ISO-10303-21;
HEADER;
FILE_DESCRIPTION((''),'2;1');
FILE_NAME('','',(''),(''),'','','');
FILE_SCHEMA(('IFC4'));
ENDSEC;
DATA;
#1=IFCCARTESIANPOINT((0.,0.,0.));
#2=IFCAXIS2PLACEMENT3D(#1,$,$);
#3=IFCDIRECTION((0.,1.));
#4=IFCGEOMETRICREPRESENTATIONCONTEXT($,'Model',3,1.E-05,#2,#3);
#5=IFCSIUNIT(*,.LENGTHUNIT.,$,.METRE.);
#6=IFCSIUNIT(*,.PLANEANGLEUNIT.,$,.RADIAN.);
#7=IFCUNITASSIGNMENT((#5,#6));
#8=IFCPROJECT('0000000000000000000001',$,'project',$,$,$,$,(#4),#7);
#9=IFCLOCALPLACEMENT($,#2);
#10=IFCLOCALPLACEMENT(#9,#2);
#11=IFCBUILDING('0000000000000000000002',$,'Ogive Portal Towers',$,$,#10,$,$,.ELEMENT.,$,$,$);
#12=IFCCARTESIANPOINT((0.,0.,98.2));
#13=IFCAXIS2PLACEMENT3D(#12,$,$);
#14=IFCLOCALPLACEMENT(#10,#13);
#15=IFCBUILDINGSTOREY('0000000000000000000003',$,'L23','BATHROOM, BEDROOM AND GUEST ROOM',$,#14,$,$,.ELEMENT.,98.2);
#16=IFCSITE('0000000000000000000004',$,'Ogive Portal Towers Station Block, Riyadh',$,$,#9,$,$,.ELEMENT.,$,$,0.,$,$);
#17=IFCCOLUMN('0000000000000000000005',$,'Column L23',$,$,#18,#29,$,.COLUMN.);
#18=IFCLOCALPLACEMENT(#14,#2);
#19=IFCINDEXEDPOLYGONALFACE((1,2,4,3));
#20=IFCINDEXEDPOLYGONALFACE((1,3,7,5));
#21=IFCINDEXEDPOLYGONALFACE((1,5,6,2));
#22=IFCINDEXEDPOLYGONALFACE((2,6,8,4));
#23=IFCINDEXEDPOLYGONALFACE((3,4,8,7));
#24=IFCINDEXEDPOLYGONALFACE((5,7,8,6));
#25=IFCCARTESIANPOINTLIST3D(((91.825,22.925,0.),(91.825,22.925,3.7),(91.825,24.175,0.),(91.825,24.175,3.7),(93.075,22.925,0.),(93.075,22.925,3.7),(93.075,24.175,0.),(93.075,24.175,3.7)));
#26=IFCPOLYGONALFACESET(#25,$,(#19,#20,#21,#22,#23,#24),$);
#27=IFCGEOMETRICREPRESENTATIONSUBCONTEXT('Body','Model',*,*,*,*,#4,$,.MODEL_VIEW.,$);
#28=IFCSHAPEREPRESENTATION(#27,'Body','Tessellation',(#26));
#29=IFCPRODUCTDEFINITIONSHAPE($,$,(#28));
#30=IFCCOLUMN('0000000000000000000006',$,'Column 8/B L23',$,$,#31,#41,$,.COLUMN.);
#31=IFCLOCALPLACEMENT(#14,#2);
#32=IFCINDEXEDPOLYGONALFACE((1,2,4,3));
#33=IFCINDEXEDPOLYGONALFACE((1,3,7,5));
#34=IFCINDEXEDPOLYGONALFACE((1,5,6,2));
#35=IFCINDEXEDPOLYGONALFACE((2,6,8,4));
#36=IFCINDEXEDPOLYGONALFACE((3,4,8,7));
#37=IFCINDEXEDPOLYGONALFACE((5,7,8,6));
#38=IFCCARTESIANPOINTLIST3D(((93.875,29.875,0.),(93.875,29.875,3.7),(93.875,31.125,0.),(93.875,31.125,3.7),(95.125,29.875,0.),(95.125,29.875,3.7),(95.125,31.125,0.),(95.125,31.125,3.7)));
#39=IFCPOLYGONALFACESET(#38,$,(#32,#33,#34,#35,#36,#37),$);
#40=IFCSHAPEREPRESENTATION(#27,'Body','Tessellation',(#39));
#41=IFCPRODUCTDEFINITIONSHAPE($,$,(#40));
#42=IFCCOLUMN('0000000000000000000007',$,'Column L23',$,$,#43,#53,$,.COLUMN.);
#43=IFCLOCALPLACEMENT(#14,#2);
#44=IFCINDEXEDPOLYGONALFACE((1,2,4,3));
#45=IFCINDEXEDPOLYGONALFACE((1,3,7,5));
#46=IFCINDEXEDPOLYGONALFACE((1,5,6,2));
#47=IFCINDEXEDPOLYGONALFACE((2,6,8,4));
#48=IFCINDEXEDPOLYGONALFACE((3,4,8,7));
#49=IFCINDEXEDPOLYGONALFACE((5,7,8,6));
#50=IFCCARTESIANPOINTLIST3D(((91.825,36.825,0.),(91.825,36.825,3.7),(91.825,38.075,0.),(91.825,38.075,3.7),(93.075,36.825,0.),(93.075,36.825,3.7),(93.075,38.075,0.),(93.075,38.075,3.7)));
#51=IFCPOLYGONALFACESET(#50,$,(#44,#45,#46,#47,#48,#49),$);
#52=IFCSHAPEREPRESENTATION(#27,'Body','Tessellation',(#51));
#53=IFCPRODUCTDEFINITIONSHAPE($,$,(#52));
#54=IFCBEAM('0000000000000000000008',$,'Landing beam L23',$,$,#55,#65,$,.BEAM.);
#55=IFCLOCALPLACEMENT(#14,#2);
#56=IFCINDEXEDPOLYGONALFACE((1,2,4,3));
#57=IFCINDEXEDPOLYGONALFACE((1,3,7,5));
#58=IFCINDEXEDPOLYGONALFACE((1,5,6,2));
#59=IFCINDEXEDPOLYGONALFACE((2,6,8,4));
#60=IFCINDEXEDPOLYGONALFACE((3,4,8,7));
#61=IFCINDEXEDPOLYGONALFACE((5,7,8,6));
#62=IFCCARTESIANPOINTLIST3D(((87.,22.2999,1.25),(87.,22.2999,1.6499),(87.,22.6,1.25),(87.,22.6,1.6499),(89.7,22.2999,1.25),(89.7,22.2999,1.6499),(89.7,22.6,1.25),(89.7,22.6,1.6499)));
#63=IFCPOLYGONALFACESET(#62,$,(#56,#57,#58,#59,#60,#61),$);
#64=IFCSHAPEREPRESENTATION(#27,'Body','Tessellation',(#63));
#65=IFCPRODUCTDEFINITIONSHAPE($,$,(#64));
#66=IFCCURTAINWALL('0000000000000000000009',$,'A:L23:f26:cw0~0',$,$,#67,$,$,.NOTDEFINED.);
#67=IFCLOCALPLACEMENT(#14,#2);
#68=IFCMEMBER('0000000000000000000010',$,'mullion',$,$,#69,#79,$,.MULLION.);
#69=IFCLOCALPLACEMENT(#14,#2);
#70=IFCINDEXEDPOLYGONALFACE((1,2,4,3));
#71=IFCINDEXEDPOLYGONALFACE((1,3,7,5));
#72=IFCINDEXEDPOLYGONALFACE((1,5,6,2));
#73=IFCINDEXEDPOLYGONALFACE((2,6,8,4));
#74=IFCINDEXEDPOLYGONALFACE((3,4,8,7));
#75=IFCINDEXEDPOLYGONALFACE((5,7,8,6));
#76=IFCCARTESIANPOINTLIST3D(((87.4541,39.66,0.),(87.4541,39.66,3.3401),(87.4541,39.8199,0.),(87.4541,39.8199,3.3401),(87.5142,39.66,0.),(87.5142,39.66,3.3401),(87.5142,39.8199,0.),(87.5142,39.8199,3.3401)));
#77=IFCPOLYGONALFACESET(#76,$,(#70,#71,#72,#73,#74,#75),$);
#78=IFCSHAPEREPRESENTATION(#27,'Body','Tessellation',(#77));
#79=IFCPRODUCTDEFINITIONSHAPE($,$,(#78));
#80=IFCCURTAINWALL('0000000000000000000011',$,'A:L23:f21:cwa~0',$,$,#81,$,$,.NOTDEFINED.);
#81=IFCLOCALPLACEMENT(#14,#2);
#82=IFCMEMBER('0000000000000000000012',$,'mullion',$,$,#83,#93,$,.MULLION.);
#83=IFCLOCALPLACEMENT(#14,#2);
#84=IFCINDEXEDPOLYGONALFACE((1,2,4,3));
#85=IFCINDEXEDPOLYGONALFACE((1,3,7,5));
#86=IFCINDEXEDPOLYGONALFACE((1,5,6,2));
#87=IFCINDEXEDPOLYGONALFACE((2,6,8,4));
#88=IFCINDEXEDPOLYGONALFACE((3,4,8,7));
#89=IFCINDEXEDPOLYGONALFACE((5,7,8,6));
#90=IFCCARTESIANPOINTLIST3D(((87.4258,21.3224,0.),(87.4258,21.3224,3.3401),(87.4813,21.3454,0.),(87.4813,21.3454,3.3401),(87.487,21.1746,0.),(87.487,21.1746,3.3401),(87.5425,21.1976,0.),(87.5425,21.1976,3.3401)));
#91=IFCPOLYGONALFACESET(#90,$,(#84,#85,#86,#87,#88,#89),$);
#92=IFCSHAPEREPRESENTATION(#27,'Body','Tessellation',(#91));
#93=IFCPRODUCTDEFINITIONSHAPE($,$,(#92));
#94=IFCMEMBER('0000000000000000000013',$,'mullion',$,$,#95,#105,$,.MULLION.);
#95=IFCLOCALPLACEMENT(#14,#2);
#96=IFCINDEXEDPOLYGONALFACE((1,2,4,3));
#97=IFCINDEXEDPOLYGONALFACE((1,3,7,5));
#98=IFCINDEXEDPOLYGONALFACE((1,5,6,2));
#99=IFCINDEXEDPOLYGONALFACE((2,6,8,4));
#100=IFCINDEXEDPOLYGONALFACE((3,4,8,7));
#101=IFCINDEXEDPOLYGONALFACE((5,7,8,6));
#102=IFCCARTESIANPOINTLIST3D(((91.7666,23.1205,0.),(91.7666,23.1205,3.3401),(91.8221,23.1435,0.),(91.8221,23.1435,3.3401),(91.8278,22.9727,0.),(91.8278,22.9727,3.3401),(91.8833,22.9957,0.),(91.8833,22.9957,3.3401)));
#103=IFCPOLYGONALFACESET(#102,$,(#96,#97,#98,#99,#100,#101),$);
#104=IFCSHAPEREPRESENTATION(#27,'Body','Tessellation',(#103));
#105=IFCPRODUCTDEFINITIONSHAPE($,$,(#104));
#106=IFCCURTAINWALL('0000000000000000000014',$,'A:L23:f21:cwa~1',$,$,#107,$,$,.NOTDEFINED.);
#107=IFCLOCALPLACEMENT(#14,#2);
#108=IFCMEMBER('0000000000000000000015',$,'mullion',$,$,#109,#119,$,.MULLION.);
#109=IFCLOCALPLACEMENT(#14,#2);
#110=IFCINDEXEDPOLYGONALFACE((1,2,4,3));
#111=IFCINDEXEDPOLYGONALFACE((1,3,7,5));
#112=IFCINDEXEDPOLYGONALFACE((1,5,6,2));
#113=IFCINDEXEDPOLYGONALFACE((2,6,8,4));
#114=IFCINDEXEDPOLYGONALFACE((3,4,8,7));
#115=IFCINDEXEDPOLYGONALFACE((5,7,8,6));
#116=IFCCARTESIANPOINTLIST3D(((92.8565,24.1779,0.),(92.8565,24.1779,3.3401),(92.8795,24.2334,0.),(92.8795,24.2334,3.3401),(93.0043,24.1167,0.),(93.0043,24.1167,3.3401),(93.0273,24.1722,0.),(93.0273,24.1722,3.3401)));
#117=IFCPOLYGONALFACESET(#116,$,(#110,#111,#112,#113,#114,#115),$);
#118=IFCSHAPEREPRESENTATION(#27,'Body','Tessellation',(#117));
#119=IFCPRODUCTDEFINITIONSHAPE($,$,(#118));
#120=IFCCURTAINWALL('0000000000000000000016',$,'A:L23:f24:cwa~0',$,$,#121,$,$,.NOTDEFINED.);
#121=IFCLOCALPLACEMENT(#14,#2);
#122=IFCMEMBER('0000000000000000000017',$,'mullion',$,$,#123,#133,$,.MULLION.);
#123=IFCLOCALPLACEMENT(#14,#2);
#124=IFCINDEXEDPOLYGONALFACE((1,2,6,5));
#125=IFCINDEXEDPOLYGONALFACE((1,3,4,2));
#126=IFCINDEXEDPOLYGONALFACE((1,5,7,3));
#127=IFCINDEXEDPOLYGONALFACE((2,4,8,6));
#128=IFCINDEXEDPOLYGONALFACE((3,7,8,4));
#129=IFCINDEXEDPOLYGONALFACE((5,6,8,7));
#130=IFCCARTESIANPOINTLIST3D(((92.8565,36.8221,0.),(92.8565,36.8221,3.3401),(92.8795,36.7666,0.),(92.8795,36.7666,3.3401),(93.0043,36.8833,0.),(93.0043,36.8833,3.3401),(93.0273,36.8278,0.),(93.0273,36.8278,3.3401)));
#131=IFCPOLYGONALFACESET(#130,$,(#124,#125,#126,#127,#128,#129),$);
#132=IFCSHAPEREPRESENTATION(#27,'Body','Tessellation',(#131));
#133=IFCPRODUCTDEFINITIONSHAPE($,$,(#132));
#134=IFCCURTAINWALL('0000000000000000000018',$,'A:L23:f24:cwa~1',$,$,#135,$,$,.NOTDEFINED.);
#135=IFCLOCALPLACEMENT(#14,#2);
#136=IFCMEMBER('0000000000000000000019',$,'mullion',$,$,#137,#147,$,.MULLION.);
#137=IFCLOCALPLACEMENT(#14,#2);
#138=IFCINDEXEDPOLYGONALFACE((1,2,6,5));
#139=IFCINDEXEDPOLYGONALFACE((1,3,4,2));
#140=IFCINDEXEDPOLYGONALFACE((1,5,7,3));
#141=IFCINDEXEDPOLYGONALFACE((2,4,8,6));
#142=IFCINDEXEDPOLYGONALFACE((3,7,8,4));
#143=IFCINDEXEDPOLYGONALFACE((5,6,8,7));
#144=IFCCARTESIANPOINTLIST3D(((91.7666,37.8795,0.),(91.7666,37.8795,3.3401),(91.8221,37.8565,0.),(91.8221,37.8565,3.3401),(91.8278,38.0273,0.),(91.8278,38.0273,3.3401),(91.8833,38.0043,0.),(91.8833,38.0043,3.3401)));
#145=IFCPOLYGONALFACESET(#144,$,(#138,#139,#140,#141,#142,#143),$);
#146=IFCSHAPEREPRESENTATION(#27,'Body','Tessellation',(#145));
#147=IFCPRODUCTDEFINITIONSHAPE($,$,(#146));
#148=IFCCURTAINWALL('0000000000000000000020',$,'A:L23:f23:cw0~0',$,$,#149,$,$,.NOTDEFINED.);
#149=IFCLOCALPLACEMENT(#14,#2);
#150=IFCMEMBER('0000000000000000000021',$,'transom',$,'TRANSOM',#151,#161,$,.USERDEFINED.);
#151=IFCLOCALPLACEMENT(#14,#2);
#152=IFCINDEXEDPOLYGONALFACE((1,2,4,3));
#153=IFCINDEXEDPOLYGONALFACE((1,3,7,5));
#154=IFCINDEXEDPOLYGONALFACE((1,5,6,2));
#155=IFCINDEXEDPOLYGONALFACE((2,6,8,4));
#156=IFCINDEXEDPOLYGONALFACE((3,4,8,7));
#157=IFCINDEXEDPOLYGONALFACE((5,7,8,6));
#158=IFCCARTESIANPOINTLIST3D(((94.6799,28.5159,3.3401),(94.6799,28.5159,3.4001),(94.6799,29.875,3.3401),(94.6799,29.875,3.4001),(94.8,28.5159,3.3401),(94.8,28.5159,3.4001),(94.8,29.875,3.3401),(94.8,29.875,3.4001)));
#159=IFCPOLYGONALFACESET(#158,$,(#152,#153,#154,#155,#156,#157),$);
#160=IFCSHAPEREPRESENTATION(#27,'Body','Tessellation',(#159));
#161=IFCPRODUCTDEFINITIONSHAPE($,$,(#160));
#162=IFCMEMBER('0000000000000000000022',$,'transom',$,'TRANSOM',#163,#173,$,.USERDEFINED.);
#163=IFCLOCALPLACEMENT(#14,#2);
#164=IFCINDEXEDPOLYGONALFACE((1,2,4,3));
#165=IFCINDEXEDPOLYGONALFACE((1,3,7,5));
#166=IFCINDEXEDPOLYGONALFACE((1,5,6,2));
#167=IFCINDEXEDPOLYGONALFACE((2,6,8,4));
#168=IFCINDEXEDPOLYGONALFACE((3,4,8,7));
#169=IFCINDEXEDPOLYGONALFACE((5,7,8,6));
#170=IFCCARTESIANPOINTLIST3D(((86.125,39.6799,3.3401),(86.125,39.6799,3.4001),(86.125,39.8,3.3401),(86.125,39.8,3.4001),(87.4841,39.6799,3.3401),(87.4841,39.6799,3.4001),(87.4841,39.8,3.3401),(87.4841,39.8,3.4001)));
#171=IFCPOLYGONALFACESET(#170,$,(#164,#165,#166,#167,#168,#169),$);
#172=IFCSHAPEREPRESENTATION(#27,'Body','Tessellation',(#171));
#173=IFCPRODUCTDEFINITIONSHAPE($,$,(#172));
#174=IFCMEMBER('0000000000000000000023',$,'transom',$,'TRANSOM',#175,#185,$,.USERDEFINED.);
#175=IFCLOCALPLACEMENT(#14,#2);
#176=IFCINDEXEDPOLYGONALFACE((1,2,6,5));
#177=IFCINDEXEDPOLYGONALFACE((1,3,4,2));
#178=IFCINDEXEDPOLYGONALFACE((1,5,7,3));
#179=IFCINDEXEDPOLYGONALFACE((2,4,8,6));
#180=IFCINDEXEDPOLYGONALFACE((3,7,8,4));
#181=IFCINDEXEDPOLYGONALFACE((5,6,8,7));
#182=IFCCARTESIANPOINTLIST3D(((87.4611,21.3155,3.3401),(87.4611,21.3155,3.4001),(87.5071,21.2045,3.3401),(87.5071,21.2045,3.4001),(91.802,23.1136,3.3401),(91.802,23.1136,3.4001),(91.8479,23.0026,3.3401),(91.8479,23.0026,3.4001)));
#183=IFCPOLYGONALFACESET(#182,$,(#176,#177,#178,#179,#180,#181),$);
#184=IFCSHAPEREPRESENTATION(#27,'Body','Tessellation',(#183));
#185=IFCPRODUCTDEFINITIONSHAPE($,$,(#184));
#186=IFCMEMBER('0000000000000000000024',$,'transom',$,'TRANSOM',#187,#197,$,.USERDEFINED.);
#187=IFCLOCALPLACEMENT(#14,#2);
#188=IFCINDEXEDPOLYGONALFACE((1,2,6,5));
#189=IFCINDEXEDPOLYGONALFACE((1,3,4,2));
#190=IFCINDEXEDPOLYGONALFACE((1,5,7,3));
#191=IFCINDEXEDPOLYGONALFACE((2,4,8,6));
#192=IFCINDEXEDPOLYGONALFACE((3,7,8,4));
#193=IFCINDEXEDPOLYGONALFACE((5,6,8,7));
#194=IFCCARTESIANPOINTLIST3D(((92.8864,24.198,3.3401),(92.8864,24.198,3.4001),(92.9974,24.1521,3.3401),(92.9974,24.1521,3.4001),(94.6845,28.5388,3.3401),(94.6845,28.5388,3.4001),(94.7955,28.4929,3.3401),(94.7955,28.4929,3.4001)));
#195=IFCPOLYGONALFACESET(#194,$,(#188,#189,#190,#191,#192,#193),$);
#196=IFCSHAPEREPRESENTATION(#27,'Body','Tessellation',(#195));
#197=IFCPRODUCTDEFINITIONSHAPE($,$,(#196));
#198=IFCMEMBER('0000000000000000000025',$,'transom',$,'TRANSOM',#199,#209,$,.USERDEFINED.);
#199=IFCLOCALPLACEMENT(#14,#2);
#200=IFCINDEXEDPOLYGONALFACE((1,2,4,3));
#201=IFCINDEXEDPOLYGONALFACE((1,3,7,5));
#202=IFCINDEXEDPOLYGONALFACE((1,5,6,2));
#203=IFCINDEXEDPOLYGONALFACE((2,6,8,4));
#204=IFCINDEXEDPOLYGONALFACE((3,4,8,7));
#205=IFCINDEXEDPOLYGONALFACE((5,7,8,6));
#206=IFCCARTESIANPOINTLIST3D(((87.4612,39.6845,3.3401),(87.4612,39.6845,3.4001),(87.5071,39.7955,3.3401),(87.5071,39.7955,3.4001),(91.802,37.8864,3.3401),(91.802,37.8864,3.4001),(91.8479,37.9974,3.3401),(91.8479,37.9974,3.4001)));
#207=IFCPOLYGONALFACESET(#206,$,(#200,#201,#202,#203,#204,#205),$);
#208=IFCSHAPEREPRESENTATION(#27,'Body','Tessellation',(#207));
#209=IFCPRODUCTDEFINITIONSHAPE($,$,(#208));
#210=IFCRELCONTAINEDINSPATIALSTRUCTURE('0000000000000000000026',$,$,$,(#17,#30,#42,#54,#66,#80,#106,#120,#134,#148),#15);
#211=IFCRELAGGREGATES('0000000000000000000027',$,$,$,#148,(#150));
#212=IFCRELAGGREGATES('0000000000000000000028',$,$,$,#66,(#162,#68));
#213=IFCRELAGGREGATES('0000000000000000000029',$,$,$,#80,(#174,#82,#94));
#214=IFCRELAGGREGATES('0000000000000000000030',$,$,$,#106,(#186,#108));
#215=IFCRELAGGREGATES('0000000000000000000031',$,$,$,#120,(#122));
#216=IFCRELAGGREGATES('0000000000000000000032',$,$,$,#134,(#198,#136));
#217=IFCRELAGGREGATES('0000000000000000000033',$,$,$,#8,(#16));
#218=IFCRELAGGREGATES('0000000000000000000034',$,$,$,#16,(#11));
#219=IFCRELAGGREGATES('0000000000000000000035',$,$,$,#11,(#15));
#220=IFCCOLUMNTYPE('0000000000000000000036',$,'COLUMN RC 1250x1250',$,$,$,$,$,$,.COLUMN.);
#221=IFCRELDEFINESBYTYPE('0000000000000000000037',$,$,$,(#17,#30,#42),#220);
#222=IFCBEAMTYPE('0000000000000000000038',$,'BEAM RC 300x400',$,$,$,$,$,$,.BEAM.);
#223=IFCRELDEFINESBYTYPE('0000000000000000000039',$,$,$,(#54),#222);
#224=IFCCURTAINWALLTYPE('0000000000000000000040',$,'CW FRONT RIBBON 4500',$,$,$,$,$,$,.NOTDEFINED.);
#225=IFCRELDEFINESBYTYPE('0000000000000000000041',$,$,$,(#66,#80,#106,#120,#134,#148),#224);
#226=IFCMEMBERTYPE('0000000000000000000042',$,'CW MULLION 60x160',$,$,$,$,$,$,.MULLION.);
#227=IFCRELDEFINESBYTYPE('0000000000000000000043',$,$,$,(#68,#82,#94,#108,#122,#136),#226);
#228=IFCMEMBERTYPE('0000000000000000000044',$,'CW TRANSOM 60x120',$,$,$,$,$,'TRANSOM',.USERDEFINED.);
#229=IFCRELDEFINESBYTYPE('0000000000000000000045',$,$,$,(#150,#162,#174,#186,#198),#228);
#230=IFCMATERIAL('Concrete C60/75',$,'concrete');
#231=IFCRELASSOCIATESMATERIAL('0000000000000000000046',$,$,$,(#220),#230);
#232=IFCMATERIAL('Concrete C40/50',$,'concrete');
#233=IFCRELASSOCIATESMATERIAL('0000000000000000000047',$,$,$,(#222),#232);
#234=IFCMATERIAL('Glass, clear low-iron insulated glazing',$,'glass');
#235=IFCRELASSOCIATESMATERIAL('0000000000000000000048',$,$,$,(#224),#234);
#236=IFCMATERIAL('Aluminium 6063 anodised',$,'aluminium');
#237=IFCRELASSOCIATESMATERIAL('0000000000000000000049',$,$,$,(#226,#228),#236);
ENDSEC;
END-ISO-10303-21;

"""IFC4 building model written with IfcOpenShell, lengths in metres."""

from ifc_helpers import new_model, si_unit, direction, frame, origin, origin_2d, place, context, subcontext, project, spatial, rectangle, extrude, material, material_profile, profile_set, type_object, element, aggregate, save


model = new_model("IFC4")

# Units and contexts
model_context = context("Model", 3, precision=1e-05, world=origin(), true_north=direction((0.0, 1.0)))
body_context = subcontext(model_context, "Body", "Model", "MODEL_VIEW")
ifc_project = project(units=[si_unit("LENGTHUNIT", "METRE"), si_unit("PLANEANGLEUNIT", "RADIAN")], contexts=[model_context])

# Site, building, storey
site_placement = place(None, origin())
site = spatial("IfcSite", under=ifc_project, at=site_placement, Name="Ogive Portal Towers Station Block, Riyadh", CompositionType="ELEMENT", RefElevation=0.0)
building_placement = place(site_placement, origin())
building = spatial("IfcBuilding", under=site, at=building_placement, Name="Ogive Portal Towers", CompositionType="ELEMENT")
storey_placement = place(building_placement, frame((0.0, 0.0, 98.2)))
storey = spatial("IfcBuildingStorey", under=building, at=storey_placement, Name="L23", Description="BATHROOM, BEDROOM AND GUEST ROOM", CompositionType="ELEMENT", Elevation=98.2)

# Columns
ifc_material_1 = material(Name="Concrete C60/75", Category="concrete")
ifc_material_profile_1 = material_profile(ifc_material_1, rectangle(XDim=1.25, YDim=1.25, at=origin_2d()), Name="RC 1250x1250")
ifc_profile_set_1 = profile_set([ifc_material_profile_1], Name="Concrete C60/75")
column_type = type_object("IfcColumnType", Name="COLUMN RC 1250x1250", PredefinedType="COLUMN", material=ifc_profile_set_1)
for number, where, z_axis, x_axis, name in (
    (1, (92.45, 23.55, 0.0), (0.0, 0.0, 1.0), (1.0, 0.0, 0.0), "Column L23"),
    (2, (94.5, 30.5, 0.0), (0.0, 0.0, 1.0), (1.0, 0.0, 0.0), "Column 8/B L23"),
    (3, (92.45, 37.45, 0.0), (0.0, 0.0, 1.0), (1.0, 0.0, 0.0), "Column L23"),
):
    element("IfcColumn", number, at=place(storey_placement, frame(where, z_axis=z_axis, x_axis=x_axis)), inside=storey, type_object=column_type, Name=name, PredefinedType="COLUMN", context=body_context, shape_type="SweptSolid", body=[
        extrude(rectangle(XDim=1.25, YDim=1.25, at=origin_2d()), origin(), (0.0, 0.0, 1.0), 3.7),
    ])

# Beam
ifc_material_2 = material(Name="Concrete C40/50", Category="concrete")
ifc_material_profile_2 = material_profile(ifc_material_2, rectangle(XDim=0.3, YDim=0.3999, at=origin_2d()), Name="RC 300x400")
ifc_profile_set_2 = profile_set([ifc_material_profile_2], Name="Concrete C40/50")
beam_type = type_object("IfcBeamType", Name="BEAM RC 300x400", PredefinedType="BEAM", material=ifc_profile_set_2)
beam_placement = place(storey_placement, frame((87.0, 22.45, 1.45), z_axis=(1.0, 0.0, 0.0), x_axis=(0.0, 1.0, 0.0)))
element("IfcBeam", 4, at=beam_placement, inside=storey, type_object=beam_type, Name="Landing beam L23", PredefinedType="BEAM", context=body_context, shape_type="SweptSolid", body=[
    extrude(rectangle(XDim=0.3, YDim=0.3999, at=origin_2d()), origin(), (0.0, 0.0, 1.0), 2.7),
])

# Curtain wall, member
ifc_material_3 = material(Name="Glass, clear low-iron insulated glazing", Category="glass")
curtain_wall_type = type_object("IfcCurtainWallType", Name="CW FRONT RIBBON 4500", PredefinedType="NOTDEFINED", material=ifc_material_3)
curtain_wall_1_placement = place(storey_placement, origin())
curtain_wall_1 = element("IfcCurtainWall", 5, at=curtain_wall_1_placement, inside=storey, type_object=curtain_wall_type, Name="A:L23:f26:cw0~0", PredefinedType="NOTDEFINED")
ifc_material_4 = material(Name="Aluminium 6063 anodised", Category="aluminium")
ifc_material_profile_3 = material_profile(ifc_material_4, rectangle(XDim=0.1599, YDim=0.0601, at=origin_2d()), Name="AL 60x160")
ifc_profile_set_3 = profile_set([ifc_material_profile_3], Name="Aluminium 6063 anodised")
member_type_1 = type_object("IfcMemberType", Name="CW MULLION 60x160", PredefinedType="MULLION", material=ifc_profile_set_3)
member_1_placement = place(storey_placement, frame((87.4841, 39.74, 0.0), z_axis=(0.0, 0.0, 1.0), x_axis=(0.0, -1.0, 0.0)))
member_1 = element("IfcMember", 6, at=member_1_placement, type_object=member_type_1, Name="mullion", PredefinedType="MULLION", context=body_context, shape_type="SweptSolid", body=[
    extrude(rectangle(XDim=0.1599, YDim=0.0601, at=origin_2d()), origin(), (0.0, 0.0, 1.0), 3.3401),
])

# Curtain wall, members
curtain_wall_2_placement = place(storey_placement, origin())
curtain_wall_2 = element("IfcCurtainWall", 7, at=curtain_wall_2_placement, inside=storey, type_object=curtain_wall_type, Name="A:L23:f21:cwa~0", PredefinedType="NOTDEFINED")
member_2_placement = place(storey_placement, frame((87.4841, 21.26, 0.0), z_axis=(0.0, 0.0, 1.0), x_axis=(-0.382683, 0.92388, 0.0)))
member_2 = element("IfcMember", 8, at=member_2_placement, type_object=member_type_1, Name="mullion", PredefinedType="MULLION", context=body_context, shape_type="SweptSolid", body=[
    extrude(rectangle(XDim=0.1599, YDim=0.0601, at=origin_2d()), origin(), (0.0, 0.0, 1.0), 3.3401),
])
member_3_placement = place(storey_placement, frame((91.825, 23.0581, 0.0), z_axis=(0.0, 0.0, 1.0), x_axis=(-0.382683, 0.92388, 0.0)))
member_3 = element("IfcMember", 9, at=member_3_placement, type_object=member_type_1, Name="mullion", PredefinedType="MULLION", context=body_context, shape_type="SweptSolid", body=[
    extrude(rectangle(XDim=0.1599, YDim=0.0601, at=origin_2d()), origin(), (0.0, 0.0, 1.0), 3.3401),
])

# Curtain walls, members
curtain_wall_3_placement = place(storey_placement, origin())
curtain_wall_3 = element("IfcCurtainWall", 10, at=curtain_wall_3_placement, inside=storey, type_object=curtain_wall_type, Name="A:L23:f21:cwa~1", PredefinedType="NOTDEFINED")
member_4_placement = place(storey_placement, frame((92.9419, 24.175, 0.0), z_axis=(0.0, 0.0, 1.0), x_axis=(-0.92388, 0.382683, 0.0)))
member_4 = element("IfcMember", 11, at=member_4_placement, type_object=member_type_1, Name="mullion", PredefinedType="MULLION", context=body_context, shape_type="SweptSolid", body=[
    extrude(rectangle(XDim=0.1599, YDim=0.0601, at=origin_2d()), origin(), (0.0, 0.0, 1.0), 3.3401),
])
curtain_wall_4_placement = place(storey_placement, origin())
curtain_wall_4 = element("IfcCurtainWall", 12, at=curtain_wall_4_placement, inside=storey, type_object=curtain_wall_type, Name="A:L23:f24:cwa~0", PredefinedType="NOTDEFINED")
member_5_placement = place(storey_placement, frame((92.9419, 36.825, 0.0), z_axis=(0.0, 0.0, 1.0), x_axis=(-0.92388, -0.382683, 0.0)))
member_5 = element("IfcMember", 13, at=member_5_placement, type_object=member_type_1, Name="mullion", PredefinedType="MULLION", context=body_context, shape_type="SweptSolid", body=[
    extrude(rectangle(XDim=0.1599, YDim=0.0601, at=origin_2d()), origin(), (0.0, 0.0, 1.0), 3.3401),
])
curtain_wall_5_placement = place(storey_placement, origin())
curtain_wall_5 = element("IfcCurtainWall", 14, at=curtain_wall_5_placement, inside=storey, type_object=curtain_wall_type, Name="A:L23:f24:cwa~1", PredefinedType="NOTDEFINED")
member_6_placement = place(storey_placement, frame((91.825, 37.9419, 0.0), z_axis=(0.0, 0.0, 1.0), x_axis=(-0.382683, -0.92388, 0.0)))
member_6 = element("IfcMember", 15, at=member_6_placement, type_object=member_type_1, Name="mullion", PredefinedType="MULLION", context=body_context, shape_type="SweptSolid", body=[
    extrude(rectangle(XDim=0.1599, YDim=0.0601, at=origin_2d()), origin(), (0.0, 0.0, 1.0), 3.3401),
])
curtain_wall_6_placement = place(storey_placement, origin())
curtain_wall_6 = element("IfcCurtainWall", 16, at=curtain_wall_6_placement, inside=storey, type_object=curtain_wall_type, Name="A:L23:f23:cw0~0", PredefinedType="NOTDEFINED")
ifc_material_profile_4 = material_profile(ifc_material_4, rectangle(XDim=0.1201, YDim=0.0601, at=origin_2d()), Name="AL 120x60")
ifc_profile_set_4 = profile_set([ifc_material_profile_4], Name="Aluminium 6063 anodised")
member_type_2 = type_object("IfcMemberType", Name="CW TRANSOM 60x120", ElementType="TRANSOM", PredefinedType="USERDEFINED", material=ifc_profile_set_4)
member_7_placement = place(storey_placement, frame((94.74, 28.5159, 3.3701), z_axis=(0.0, 1.0, 0.0), x_axis=(-1.0, 0.0, 0.0)))
member_7 = element("IfcMember", 17, at=member_7_placement, type_object=member_type_2, Name="transom", ObjectType="TRANSOM", PredefinedType="USERDEFINED", context=body_context, shape_type="SweptSolid", body=[
    extrude(rectangle(XDim=0.1201, YDim=0.0601, at=origin_2d()), origin(), (0.0, 0.0, 1.0), 1.3591),
])
aggregate(curtain_wall_6, [member_7])

# Members
member_8_placement = place(storey_placement, frame((87.4841, 39.74, 3.3701), z_axis=(-1.0, 0.0, 0.0), x_axis=(0.0, -1.0, 0.0)))
member_8 = element("IfcMember", 18, at=member_8_placement, type_object=member_type_2, Name="transom", ObjectType="TRANSOM", PredefinedType="USERDEFINED", context=body_context, shape_type="SweptSolid", body=[
    extrude(rectangle(XDim=0.1201, YDim=0.0601, at=origin_2d()), origin(), (0.0, 0.0, 1.0), 1.3591),
])
aggregate(curtain_wall_1, [member_8, member_1])
member_9_placement = place(storey_placement, frame((87.4841, 21.26, 3.3701), z_axis=(0.923874, 0.382696, 0.0), x_axis=(-0.382696, 0.923874, 0.0)))
member_9 = element("IfcMember", 19, at=member_9_placement, type_object=member_type_2, Name="transom", ObjectType="TRANSOM", PredefinedType="USERDEFINED", context=body_context, shape_type="SweptSolid", body=[
    extrude(rectangle(XDim=0.1201, YDim=0.0601, at=origin_2d()), origin(), (0.0, 0.0, 1.0), 4.6985),
])
member_10_placement = place(storey_placement, frame((92.9419, 24.175, 3.3701), z_axis=(0.382696, 0.923874, 0.0), x_axis=(-0.923874, 0.382696, 0.0)))
member_10 = element("IfcMember", 20, at=member_10_placement, type_object=member_type_2, Name="transom", ObjectType="TRANSOM", PredefinedType="USERDEFINED", context=body_context, shape_type="SweptSolid", body=[
    extrude(rectangle(XDim=0.1201, YDim=0.0601, at=origin_2d()), origin(), (0.0, 0.0, 1.0), 4.6985),
])
member_11_placement = place(storey_placement, frame((91.825, 37.9419, 3.3701), z_axis=(-0.923874, 0.382696, 0.0), x_axis=(-0.382696, -0.923874, 0.0)))
member_11 = element("IfcMember", 21, at=member_11_placement, type_object=member_type_2, Name="transom", ObjectType="TRANSOM", PredefinedType="USERDEFINED", context=body_context, shape_type="SweptSolid", body=[
    extrude(rectangle(XDim=0.1201, YDim=0.0601, at=origin_2d()), origin(), (0.0, 0.0, 1.0), 4.6985),
])

aggregate(curtain_wall_2, [member_9, member_2, member_3])
aggregate(curtain_wall_3, [member_10, member_4])
aggregate(curtain_wall_4, [member_5])
aggregate(curtain_wall_5, [member_11, member_6])

save(model, "model.ifc")
